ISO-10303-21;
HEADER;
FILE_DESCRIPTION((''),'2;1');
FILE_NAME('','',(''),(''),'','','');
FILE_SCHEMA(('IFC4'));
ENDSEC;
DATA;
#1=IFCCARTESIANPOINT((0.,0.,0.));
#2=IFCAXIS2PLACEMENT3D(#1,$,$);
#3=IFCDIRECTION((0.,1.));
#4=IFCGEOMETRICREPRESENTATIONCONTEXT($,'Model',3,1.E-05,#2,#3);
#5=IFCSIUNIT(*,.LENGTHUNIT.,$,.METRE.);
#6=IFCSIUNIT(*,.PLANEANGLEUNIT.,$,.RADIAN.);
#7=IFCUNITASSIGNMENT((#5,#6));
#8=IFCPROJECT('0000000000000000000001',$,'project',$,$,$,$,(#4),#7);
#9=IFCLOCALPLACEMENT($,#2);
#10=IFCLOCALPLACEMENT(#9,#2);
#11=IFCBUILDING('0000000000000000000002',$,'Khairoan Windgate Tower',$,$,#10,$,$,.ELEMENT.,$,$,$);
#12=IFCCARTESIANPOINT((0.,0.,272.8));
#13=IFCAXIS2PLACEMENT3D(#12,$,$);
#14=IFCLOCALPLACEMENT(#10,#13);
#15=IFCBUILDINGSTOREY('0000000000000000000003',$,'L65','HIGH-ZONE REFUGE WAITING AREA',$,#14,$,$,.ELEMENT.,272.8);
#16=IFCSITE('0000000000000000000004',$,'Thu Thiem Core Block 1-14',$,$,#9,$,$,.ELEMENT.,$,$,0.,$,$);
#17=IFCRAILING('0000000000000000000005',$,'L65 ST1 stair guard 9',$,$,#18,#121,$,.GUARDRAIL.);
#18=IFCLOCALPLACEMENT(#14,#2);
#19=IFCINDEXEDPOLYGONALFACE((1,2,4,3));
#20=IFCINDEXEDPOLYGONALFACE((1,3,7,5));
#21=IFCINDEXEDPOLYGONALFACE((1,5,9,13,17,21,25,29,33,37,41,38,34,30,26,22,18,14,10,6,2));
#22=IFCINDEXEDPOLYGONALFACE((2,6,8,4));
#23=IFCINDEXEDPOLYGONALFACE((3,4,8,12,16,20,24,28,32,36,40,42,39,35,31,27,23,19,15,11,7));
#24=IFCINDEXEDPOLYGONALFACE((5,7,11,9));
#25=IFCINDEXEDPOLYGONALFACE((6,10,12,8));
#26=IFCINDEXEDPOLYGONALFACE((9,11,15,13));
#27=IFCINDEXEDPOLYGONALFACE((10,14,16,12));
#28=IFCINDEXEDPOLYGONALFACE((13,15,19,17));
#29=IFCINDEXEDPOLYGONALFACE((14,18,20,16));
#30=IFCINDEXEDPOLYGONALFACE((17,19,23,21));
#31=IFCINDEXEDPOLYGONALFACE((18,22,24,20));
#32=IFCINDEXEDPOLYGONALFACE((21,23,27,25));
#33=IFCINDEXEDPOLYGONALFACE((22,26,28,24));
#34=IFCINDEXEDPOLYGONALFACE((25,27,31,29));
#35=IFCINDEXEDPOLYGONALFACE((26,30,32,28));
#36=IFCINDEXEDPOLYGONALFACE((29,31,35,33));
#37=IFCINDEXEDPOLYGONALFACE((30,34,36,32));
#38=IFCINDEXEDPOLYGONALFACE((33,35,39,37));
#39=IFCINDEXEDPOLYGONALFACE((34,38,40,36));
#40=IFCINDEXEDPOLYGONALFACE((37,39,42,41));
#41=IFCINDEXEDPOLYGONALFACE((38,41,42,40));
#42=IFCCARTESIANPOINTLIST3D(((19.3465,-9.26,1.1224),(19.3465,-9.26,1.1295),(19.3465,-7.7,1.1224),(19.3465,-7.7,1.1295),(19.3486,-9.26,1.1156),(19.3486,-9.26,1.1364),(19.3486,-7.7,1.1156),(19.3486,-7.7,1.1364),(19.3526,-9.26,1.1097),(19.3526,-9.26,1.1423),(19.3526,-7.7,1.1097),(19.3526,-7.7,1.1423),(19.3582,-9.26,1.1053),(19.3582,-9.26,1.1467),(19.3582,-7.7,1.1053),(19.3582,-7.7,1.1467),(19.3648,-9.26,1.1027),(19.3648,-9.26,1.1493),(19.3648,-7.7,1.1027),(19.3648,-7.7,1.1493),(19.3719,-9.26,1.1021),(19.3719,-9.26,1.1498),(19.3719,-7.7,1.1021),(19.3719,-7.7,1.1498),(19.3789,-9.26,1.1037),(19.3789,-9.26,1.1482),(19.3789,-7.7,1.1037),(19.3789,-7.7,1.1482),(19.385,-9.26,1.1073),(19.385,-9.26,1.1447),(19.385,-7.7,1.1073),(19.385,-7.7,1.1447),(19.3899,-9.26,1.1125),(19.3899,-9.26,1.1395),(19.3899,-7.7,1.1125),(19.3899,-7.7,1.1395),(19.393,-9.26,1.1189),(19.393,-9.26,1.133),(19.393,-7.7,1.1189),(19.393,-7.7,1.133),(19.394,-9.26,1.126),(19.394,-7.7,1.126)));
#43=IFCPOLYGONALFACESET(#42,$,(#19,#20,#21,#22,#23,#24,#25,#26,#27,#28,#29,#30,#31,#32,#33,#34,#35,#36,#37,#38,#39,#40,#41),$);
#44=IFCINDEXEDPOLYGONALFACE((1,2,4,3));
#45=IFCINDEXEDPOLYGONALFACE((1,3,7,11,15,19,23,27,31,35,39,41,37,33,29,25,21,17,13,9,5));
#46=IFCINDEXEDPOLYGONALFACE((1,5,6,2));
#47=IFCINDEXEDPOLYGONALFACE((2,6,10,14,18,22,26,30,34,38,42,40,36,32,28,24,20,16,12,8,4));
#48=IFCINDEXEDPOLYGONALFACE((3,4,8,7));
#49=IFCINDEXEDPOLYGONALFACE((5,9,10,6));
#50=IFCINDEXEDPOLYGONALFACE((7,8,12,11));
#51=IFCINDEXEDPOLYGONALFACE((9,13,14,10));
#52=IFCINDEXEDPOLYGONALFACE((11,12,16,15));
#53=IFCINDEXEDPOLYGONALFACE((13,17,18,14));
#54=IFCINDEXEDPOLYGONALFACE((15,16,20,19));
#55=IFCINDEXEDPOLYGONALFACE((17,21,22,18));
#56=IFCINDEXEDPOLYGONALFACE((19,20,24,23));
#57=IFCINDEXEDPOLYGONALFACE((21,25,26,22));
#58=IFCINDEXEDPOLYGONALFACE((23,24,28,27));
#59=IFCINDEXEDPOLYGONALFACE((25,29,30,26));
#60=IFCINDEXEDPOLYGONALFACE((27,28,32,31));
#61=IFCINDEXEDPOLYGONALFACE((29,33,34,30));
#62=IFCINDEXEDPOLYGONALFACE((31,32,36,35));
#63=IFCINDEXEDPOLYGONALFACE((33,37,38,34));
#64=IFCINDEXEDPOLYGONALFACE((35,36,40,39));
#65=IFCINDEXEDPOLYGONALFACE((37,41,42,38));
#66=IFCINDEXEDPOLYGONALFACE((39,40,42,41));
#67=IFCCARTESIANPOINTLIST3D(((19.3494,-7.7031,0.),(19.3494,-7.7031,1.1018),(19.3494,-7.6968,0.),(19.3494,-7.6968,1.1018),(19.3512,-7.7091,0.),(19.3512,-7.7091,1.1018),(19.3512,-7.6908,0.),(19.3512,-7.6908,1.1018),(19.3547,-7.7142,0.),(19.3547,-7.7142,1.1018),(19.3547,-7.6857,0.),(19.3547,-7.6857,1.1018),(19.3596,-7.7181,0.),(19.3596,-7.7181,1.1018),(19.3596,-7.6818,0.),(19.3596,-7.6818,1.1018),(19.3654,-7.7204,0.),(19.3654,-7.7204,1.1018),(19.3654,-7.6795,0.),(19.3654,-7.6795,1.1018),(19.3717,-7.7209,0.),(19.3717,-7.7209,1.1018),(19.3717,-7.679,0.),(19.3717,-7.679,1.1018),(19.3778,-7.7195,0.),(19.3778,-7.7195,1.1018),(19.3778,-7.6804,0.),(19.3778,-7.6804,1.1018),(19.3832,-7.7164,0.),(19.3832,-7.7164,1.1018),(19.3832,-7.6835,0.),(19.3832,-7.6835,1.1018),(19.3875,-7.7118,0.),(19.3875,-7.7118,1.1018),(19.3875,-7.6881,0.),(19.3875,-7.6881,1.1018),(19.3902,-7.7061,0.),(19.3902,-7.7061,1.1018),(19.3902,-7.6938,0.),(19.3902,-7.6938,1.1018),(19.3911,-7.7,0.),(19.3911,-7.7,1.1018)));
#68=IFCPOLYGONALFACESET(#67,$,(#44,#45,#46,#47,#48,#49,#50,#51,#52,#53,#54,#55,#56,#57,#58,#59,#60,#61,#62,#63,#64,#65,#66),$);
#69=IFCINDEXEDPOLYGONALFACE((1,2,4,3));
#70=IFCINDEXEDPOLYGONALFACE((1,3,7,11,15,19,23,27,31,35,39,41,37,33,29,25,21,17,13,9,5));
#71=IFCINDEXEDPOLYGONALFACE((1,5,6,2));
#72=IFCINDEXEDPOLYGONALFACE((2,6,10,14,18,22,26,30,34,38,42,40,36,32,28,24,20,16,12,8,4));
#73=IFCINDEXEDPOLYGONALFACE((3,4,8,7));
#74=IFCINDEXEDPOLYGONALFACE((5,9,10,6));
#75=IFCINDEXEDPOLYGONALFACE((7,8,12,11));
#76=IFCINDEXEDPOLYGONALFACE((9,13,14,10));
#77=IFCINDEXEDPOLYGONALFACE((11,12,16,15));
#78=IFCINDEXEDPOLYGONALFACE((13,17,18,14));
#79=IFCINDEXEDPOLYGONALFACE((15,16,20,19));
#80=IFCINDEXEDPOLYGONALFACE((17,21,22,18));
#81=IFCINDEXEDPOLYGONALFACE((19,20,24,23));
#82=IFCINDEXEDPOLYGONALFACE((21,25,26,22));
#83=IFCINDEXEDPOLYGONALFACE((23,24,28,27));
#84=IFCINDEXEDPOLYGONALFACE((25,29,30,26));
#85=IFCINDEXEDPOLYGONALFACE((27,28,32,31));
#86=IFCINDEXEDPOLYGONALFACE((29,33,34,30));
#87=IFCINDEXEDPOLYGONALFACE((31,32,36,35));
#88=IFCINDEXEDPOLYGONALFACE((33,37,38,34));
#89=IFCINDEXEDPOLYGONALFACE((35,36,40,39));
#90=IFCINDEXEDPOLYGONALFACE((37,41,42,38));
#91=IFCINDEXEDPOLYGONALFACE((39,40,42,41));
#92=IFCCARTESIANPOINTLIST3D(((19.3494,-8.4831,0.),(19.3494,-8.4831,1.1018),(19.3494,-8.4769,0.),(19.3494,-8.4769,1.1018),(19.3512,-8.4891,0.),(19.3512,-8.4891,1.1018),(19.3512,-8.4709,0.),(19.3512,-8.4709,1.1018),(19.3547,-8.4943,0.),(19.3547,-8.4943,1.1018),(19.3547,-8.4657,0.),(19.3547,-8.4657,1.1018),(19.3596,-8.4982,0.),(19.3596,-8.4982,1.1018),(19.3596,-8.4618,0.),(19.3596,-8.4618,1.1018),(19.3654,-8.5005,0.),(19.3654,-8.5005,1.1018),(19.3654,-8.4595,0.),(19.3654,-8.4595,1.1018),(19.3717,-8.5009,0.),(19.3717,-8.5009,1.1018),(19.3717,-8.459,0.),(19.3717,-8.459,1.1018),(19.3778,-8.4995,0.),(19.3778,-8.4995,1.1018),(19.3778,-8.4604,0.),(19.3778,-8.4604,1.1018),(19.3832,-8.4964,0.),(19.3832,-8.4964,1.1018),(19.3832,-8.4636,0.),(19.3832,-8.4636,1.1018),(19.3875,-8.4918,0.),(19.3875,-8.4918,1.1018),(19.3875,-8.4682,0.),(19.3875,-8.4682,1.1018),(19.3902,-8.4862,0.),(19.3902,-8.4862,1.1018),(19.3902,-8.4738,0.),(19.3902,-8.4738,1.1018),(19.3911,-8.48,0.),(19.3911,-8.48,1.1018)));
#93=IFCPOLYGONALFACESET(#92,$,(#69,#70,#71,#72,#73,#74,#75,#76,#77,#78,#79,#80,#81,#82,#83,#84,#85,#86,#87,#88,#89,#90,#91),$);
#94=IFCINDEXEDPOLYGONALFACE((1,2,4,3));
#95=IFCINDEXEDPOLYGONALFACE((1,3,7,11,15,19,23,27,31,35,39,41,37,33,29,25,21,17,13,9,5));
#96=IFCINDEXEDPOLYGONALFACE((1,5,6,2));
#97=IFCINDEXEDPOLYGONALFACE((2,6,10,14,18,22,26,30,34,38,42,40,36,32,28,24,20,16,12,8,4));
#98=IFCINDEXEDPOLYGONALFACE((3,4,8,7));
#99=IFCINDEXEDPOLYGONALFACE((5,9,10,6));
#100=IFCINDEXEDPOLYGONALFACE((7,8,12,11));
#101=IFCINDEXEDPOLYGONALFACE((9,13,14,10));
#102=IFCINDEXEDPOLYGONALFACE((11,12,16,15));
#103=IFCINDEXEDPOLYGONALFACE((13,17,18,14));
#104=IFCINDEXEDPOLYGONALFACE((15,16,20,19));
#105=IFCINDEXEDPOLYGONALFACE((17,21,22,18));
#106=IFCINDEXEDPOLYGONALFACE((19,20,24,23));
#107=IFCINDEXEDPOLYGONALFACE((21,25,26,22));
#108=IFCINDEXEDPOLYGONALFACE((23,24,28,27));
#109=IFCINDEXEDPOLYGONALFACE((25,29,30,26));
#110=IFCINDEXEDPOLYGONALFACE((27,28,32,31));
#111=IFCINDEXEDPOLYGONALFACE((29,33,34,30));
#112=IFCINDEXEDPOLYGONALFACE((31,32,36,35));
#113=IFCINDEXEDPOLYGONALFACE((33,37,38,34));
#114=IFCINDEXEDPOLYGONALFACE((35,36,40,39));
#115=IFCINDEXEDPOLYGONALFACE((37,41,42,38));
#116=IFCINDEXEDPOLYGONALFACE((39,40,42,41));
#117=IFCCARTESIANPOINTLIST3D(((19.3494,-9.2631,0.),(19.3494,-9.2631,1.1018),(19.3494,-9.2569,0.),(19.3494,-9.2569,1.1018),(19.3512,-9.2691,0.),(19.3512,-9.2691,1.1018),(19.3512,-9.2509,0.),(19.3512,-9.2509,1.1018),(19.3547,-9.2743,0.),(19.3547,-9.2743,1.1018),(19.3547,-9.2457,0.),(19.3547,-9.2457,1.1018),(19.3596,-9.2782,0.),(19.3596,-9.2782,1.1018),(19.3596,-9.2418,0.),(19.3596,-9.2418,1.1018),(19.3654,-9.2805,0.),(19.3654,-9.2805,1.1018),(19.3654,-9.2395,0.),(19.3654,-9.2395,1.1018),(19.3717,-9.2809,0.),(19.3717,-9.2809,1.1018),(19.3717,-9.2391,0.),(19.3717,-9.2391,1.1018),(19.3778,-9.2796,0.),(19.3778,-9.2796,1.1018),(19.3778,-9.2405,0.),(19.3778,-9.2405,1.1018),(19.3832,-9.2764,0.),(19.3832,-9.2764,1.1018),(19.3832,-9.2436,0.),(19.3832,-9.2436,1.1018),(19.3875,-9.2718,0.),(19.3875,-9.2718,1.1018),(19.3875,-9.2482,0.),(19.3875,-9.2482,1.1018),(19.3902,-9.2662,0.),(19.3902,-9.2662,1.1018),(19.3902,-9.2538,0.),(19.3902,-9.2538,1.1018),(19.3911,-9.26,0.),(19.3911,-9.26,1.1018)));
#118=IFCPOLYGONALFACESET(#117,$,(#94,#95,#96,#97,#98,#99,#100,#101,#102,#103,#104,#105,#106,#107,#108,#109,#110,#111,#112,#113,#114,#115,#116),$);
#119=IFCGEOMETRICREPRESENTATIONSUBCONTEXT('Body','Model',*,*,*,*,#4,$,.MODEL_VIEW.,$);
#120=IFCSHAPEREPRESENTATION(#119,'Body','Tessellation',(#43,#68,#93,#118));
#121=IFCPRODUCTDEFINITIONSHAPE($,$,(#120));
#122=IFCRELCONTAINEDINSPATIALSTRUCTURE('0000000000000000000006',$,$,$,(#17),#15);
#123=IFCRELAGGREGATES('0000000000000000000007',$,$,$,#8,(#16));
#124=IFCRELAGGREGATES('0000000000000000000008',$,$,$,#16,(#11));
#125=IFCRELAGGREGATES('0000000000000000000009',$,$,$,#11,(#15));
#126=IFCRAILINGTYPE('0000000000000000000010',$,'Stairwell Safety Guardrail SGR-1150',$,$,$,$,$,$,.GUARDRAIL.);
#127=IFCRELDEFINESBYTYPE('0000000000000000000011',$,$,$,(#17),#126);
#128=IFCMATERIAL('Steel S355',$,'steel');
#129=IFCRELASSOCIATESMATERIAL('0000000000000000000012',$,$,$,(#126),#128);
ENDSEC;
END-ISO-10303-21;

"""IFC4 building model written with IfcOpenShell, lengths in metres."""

from ifc_helpers import new_model, si_unit, direction, frame, origin, origin_2d, place, context, subcontext, project, spatial, circle, extrude, material, type_object, element, save


model = new_model("IFC4")

# Units and contexts
model_context = context("Model", 3, precision=1e-05, world=origin(), true_north=direction((0.0, 1.0)))
body_context = subcontext(model_context, "Body", "Model", "MODEL_VIEW")
ifc_project = project(units=[si_unit("LENGTHUNIT", "METRE"), si_unit("PLANEANGLEUNIT", "RADIAN")], contexts=[model_context])

# Site, building, storey
site_placement = place(None, origin())
site = spatial("IfcSite", under=ifc_project, at=site_placement, Name="Thu Thiem Core Block 1-14", CompositionType="ELEMENT", RefElevation=0.0)
building_placement = place(site_placement, origin())
building = spatial("IfcBuilding", under=site, at=building_placement, Name="Khairoan Windgate Tower", CompositionType="ELEMENT")
storey_placement = place(building_placement, frame((0.0, 0.0, 272.8)))
storey = spatial("IfcBuildingStorey", under=building, at=storey_placement, Name="L65", Description="HIGH-ZONE REFUGE WAITING AREA", CompositionType="ELEMENT", Elevation=272.8)

# Railing
ifc_material_1 = material(Name="Steel S355", Category="steel")
railing_type_1 = type_object("IfcRailingType", Name="Stairwell Safety Guardrail SGR-1150", PredefinedType="GUARDRAIL", material=ifc_material_1)
for number, where, name in (
    (1, (19.3701, -7.7, 0.0), "L65 ST1 stair guard 9"),
):
    element("IfcRailing", number, at=place(storey_placement, frame(where)), inside=storey, type_object=railing_type_1, Name=name, PredefinedType="GUARDRAIL", context=body_context, shape_type="SweptSolid", body=[
        extrude(circle(Radius=0.0239, at=origin_2d()), frame((0.0, 0.0, 1.126), z_axis=(0.0, -1.0, 0.0), x_axis=(1.0, 0.0, 0.0)), (0.0, 0.0, 1.0), 1.5601),
        extrude(circle(Radius=0.021, at=origin_2d()), origin(), (0.0, 0.0, 1.0), 1.1018),
        extrude(circle(Radius=0.021, at=origin_2d()), frame((0.0, -0.78, 0.0)), (0.0, 0.0, 1.0), 1.1018),
        extrude(circle(Radius=0.021, at=origin_2d()), frame((0.0, -1.5601, 0.0)), (0.0, 0.0, 1.0), 1.1018),
    ])

save(model, "model.ifc")
